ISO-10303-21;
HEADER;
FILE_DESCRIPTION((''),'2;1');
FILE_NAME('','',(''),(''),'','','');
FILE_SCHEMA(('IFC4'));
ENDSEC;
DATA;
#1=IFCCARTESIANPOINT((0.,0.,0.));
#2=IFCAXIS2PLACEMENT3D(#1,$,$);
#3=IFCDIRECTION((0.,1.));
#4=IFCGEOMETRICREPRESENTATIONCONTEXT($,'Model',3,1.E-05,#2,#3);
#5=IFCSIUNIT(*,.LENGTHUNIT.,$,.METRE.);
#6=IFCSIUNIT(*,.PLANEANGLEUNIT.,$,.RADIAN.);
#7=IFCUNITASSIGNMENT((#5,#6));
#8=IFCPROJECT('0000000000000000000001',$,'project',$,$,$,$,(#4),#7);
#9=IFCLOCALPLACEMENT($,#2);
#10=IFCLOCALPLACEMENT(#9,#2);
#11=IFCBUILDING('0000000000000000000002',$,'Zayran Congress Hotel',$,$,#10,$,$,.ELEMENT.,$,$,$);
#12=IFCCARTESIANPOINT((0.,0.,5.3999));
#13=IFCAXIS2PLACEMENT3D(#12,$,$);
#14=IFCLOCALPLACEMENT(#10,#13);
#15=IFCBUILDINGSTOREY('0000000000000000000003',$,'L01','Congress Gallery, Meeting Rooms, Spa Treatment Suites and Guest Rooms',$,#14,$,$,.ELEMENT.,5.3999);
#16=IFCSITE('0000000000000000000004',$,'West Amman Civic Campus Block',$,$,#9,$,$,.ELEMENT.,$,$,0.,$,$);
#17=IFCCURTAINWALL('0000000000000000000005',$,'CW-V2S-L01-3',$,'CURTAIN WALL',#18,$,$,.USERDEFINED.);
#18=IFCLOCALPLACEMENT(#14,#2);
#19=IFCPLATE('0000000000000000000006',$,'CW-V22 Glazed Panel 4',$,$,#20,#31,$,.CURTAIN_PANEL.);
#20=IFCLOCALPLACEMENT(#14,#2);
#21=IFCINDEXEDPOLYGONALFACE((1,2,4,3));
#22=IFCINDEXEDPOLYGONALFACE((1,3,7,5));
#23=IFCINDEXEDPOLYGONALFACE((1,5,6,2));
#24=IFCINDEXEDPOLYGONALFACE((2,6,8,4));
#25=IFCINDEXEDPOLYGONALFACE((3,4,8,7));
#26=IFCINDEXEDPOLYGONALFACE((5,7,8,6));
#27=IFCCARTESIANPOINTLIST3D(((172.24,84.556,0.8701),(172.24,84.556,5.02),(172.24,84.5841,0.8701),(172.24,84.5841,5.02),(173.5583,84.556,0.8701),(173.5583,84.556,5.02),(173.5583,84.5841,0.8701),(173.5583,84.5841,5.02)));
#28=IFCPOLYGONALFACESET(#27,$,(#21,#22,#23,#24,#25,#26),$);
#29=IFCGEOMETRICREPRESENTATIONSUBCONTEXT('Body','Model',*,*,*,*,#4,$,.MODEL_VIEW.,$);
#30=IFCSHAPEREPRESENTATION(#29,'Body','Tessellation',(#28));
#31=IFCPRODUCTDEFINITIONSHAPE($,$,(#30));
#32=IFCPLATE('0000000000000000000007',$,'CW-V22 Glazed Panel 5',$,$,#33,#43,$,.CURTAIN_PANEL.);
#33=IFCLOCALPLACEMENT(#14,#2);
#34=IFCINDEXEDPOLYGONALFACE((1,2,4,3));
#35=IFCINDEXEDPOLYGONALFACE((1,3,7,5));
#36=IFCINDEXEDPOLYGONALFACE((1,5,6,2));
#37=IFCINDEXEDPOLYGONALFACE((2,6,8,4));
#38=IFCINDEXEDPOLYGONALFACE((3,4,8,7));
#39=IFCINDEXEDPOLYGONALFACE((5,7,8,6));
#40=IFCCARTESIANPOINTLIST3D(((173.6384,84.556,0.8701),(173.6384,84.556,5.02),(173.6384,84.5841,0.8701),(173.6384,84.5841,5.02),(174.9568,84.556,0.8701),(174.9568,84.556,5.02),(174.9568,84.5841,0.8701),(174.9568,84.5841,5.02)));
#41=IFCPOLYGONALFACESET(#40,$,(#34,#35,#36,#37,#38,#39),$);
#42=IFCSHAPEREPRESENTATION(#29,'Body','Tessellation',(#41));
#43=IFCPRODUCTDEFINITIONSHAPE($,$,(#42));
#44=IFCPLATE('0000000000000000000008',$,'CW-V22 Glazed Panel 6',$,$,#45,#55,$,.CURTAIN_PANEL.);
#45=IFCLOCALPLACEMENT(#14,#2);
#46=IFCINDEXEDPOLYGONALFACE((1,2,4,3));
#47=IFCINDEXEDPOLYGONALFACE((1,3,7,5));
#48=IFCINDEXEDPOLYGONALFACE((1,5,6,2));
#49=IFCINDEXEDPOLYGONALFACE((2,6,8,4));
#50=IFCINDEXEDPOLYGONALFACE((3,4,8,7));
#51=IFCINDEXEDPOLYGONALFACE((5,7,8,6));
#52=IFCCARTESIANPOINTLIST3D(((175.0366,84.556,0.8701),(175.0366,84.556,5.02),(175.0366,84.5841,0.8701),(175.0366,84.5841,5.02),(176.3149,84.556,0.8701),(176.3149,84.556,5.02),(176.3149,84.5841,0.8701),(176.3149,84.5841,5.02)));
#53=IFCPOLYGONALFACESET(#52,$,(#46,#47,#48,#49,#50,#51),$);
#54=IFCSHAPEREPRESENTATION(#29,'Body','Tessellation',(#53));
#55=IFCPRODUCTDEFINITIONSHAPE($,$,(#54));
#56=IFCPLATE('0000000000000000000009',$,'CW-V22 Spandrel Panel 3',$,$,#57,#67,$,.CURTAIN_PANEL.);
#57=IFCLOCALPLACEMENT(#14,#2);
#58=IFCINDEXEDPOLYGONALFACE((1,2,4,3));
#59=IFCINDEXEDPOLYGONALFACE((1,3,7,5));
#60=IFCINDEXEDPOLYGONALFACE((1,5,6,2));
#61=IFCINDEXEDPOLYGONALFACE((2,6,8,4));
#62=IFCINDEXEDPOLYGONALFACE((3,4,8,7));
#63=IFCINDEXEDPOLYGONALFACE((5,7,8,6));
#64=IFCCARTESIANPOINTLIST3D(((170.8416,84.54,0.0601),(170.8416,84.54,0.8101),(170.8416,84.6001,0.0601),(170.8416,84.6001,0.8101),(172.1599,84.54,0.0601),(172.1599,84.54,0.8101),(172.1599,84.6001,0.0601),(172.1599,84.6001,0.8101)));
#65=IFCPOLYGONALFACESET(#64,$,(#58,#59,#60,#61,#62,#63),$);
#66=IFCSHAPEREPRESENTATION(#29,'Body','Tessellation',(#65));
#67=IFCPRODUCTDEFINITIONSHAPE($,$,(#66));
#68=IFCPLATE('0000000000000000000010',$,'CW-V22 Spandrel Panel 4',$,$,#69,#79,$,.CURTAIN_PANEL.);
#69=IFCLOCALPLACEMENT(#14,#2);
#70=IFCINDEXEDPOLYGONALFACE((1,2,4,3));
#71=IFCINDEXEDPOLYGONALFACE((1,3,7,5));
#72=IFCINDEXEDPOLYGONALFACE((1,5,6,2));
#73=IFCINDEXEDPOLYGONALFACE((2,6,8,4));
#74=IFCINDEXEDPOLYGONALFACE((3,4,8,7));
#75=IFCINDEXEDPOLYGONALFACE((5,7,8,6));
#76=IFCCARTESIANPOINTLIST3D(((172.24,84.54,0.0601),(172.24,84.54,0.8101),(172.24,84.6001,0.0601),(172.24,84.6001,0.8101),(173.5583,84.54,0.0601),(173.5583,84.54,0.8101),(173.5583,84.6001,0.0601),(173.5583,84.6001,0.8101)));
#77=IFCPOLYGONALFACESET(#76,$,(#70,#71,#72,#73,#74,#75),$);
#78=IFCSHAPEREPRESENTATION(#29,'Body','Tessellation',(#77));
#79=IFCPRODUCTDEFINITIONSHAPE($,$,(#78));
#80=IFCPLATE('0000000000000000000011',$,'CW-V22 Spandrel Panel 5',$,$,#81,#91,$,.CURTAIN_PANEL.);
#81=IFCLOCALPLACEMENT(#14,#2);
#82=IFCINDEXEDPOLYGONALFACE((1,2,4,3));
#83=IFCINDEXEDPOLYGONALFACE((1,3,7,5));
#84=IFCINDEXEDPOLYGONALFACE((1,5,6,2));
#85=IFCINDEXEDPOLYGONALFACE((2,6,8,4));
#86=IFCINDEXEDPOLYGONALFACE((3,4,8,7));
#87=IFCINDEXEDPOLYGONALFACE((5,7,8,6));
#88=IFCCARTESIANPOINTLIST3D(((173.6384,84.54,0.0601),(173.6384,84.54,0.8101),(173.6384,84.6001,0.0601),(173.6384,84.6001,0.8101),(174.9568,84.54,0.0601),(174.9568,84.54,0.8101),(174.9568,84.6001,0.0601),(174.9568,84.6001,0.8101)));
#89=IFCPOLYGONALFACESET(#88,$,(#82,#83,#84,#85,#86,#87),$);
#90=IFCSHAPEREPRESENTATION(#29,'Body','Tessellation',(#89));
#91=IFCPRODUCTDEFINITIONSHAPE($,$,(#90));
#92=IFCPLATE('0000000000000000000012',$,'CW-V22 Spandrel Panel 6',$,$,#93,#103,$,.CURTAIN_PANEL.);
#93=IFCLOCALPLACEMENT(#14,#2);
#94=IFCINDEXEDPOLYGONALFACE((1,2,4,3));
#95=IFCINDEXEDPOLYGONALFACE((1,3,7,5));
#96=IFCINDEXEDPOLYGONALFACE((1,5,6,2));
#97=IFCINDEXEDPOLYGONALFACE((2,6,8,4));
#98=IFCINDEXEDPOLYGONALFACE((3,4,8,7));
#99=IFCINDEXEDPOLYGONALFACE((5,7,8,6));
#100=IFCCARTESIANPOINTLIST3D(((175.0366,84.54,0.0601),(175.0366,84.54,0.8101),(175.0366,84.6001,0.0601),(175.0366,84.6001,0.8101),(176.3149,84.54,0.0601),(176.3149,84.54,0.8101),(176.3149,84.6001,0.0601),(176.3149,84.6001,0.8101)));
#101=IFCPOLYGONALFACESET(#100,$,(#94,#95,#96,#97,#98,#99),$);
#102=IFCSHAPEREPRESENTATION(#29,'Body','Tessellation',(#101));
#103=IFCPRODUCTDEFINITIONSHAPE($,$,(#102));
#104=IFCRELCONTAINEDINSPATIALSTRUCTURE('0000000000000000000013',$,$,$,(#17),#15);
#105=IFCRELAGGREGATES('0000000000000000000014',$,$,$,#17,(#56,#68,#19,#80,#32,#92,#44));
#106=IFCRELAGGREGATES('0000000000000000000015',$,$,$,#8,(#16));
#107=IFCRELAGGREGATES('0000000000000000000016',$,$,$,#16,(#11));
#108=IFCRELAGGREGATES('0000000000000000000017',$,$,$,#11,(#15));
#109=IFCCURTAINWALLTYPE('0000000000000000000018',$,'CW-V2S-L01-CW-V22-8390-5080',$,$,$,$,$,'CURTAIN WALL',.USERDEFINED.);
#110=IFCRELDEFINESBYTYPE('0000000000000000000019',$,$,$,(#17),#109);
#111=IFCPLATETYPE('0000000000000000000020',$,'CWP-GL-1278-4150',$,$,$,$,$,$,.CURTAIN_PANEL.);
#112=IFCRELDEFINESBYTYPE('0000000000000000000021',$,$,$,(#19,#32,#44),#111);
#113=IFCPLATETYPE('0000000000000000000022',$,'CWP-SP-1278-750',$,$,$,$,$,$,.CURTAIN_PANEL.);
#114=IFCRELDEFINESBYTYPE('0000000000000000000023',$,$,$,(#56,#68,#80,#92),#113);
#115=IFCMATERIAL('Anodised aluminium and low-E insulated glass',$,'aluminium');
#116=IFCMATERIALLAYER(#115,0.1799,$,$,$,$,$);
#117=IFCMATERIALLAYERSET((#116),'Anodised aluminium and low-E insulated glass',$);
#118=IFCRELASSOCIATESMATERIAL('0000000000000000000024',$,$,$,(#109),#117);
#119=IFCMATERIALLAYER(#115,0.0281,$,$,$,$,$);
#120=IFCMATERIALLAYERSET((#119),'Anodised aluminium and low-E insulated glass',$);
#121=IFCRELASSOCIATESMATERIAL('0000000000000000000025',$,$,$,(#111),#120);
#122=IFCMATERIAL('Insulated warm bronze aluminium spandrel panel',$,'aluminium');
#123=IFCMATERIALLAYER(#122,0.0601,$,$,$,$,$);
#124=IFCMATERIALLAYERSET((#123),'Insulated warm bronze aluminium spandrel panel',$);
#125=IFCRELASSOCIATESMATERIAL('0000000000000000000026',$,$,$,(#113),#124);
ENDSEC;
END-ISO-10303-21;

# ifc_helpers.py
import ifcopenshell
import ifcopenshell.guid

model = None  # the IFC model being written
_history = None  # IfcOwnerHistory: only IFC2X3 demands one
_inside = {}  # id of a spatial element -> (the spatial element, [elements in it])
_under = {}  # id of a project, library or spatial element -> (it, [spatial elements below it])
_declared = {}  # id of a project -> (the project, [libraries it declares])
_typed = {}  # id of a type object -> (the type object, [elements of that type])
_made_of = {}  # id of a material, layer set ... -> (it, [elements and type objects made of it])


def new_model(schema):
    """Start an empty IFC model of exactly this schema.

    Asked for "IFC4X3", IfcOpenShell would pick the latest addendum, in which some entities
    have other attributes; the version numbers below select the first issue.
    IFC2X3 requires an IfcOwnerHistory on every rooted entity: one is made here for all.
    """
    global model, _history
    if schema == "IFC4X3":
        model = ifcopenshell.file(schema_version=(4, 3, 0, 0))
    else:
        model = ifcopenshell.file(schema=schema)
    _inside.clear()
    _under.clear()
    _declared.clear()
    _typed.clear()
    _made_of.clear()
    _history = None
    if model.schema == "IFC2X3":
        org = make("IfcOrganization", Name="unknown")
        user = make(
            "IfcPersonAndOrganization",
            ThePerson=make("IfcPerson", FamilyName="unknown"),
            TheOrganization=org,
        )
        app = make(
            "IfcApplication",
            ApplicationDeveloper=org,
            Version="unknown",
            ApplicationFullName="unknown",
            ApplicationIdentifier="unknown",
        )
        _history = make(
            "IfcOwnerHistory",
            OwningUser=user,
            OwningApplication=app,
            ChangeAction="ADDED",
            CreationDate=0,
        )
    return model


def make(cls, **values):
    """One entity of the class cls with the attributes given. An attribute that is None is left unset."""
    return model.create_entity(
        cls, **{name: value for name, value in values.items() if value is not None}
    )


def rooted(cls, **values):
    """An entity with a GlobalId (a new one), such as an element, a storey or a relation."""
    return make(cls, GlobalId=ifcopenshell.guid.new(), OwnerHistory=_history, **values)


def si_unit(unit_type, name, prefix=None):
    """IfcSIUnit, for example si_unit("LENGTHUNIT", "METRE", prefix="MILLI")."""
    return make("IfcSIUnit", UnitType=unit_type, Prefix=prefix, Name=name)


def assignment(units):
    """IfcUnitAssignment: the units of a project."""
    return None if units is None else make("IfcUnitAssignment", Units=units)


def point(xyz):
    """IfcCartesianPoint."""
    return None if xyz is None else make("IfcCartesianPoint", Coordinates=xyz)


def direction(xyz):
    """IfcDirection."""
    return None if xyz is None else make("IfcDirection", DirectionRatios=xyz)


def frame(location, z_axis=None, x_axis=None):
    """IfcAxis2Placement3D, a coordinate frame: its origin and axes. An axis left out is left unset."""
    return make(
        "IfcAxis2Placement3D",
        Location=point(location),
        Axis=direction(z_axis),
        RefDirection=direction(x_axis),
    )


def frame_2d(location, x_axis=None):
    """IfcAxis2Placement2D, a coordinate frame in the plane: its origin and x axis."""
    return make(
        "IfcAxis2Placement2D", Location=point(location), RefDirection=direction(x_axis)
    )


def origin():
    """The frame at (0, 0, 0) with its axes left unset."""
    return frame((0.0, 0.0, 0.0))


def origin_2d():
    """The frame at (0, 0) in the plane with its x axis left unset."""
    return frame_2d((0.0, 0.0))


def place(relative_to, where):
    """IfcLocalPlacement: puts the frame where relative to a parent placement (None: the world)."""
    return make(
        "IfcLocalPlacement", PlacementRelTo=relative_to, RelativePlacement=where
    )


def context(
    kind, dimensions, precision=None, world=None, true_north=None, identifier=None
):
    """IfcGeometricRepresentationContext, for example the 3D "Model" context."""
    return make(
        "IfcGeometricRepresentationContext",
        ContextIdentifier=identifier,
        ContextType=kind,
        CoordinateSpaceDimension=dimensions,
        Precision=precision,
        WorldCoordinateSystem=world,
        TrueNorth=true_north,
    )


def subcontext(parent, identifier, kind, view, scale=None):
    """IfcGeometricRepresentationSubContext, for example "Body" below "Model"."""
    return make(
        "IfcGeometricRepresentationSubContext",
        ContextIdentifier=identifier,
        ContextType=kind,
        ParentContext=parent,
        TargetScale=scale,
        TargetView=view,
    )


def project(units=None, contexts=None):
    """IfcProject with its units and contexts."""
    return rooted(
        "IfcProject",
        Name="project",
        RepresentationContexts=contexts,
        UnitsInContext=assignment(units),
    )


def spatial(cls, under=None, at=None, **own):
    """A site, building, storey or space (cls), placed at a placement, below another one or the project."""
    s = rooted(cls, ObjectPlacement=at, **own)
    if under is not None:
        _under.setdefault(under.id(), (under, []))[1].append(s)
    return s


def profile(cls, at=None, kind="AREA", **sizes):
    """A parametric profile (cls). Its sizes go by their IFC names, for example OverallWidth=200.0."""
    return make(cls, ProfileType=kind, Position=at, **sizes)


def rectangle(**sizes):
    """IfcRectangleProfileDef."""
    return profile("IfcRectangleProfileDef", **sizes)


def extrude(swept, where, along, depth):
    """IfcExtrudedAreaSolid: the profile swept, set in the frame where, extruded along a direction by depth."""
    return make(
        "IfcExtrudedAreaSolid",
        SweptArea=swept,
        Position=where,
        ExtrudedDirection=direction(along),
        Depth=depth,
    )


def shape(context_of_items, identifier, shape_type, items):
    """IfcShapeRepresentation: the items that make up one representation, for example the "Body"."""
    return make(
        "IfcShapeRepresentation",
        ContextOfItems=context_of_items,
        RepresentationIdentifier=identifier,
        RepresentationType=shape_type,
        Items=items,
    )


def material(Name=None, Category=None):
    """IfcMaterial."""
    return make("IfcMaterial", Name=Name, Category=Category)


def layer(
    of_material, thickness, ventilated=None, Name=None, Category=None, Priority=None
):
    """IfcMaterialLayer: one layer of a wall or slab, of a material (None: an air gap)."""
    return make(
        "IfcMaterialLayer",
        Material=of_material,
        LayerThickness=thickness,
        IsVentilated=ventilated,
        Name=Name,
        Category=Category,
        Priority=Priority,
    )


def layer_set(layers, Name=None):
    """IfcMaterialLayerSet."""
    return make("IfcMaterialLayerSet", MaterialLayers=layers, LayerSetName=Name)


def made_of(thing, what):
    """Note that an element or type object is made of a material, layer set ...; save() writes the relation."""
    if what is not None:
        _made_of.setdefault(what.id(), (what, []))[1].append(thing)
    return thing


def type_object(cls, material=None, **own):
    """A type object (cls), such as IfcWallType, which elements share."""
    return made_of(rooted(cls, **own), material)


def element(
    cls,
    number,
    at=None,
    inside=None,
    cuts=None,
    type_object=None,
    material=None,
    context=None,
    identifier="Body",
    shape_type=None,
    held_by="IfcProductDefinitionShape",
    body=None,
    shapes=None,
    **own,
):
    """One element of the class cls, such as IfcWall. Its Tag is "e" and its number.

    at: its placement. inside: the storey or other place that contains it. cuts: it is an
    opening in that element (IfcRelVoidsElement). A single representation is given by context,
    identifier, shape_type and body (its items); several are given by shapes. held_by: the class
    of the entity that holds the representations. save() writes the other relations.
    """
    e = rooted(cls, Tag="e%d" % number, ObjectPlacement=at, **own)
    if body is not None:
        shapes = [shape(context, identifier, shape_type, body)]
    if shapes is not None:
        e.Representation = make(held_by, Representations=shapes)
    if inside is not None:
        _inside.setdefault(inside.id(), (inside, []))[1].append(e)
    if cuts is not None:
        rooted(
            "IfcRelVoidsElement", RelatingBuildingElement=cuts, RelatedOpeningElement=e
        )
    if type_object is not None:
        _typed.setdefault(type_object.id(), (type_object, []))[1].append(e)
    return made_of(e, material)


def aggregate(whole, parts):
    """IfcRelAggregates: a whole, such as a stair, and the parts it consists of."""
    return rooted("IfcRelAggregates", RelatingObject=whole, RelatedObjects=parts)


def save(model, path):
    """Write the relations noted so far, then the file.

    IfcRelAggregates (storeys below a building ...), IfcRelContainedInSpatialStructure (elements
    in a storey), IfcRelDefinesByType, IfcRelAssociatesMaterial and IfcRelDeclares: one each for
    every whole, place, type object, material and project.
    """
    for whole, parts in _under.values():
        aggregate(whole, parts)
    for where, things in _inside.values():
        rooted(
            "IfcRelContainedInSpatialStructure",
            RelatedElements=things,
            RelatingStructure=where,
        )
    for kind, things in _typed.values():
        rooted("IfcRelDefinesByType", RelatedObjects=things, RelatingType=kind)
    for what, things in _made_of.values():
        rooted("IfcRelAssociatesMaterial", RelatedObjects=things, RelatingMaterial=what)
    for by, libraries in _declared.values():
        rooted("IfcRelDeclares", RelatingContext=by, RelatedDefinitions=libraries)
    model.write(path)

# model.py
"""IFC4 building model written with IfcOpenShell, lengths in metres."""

from ifc_helpers import new_model, si_unit, direction, frame, origin, origin_2d, place, context, subcontext, project, spatial, rectangle, extrude, material, layer, layer_set, type_object, element, aggregate, save


model = new_model("IFC4")

# Units and contexts
model_context = context("Model", 3, precision=1e-05, world=origin(), true_north=direction((0.0, 1.0)))
body_context = subcontext(model_context, "Body", "Model", "MODEL_VIEW")
ifc_project = project(units=[si_unit("LENGTHUNIT", "METRE"), si_unit("PLANEANGLEUNIT", "RADIAN")], contexts=[model_context])

# Site, building, storey
site_placement = place(None, origin())
site = spatial("IfcSite", under=ifc_project, at=site_placement, Name="West Amman Civic Campus Block", CompositionType="ELEMENT", RefElevation=0.0)
building_placement = place(site_placement, origin())
building = spatial("IfcBuilding", under=site, at=building_placement, Name="Zayran Congress Hotel", CompositionType="ELEMENT")
storey_placement = place(building_placement, frame((0.0, 0.0, 5.3999)))
storey = spatial("IfcBuildingStorey", under=building, at=storey_placement, Name="L01", Description="Congress Gallery, Meeting Rooms, Spa Treatment Suites and Guest Rooms", CompositionType="ELEMENT", Elevation=5.3999)

# Curtain wall
ifc_material_1 = material(Name="Anodised aluminium and low-E insulated glass", Category="aluminium")
ifc_layer_1 = layer(ifc_material_1, 0.1799)
ifc_layer_set_1 = layer_set([ifc_layer_1], Name="Anodised aluminium and low-E insulated glass")
curtain_wall_type_1 = type_object("IfcCurtainWallType", Name="CW-V2S-L01-CW-V22-8390-5080", ElementType="CURTAIN WALL", PredefinedType="USERDEFINED", material=ifc_layer_set_1)
curtain_wall_1_placement = place(storey_placement, origin())
curtain_wall_1 = element("IfcCurtainWall", 1, at=curtain_wall_1_placement, inside=storey, type_object=curtain_wall_type_1, Name="CW-V2S-L01-3", ObjectType="CURTAIN WALL", PredefinedType="USERDEFINED")

# Plates
ifc_material_2 = material(Name="Insulated warm bronze aluminium spandrel panel", Category="aluminium")
ifc_layer_2 = layer(ifc_material_1, 0.0281)
ifc_layer_set_2 = layer_set([ifc_layer_2], Name="Anodised aluminium and low-E insulated glass")
plate_type_1 = type_object("IfcPlateType", Name="CWP-GL-1278-4150", PredefinedType="CURTAIN_PANEL", material=ifc_layer_set_2)
plate_1_placement = place(storey_placement, frame((172.8992, 84.5701, 0.8701), z_axis=(0.0, 0.0, 1.0), x_axis=(1.0, 0.0, 0.0)))
plate_1 = element("IfcPlate", 2, at=plate_1_placement, type_object=plate_type_1, Name="CW-V22 Glazed Panel 4", PredefinedType="CURTAIN_PANEL", context=body_context, shape_type="SweptSolid", body=[
    extrude(rectangle(XDim=1.3184, YDim=0.0281, at=origin_2d()), origin(), (0.0, 0.0, 1.0), 4.1499),
])
plate_2_placement = place(storey_placement, frame((174.2976, 84.5701, 0.8701), z_axis=(0.0, 0.0, 1.0), x_axis=(1.0, 0.0, 0.0)))
plate_2 = element("IfcPlate", 3, at=plate_2_placement, type_object=plate_type_1, Name="CW-V22 Glazed Panel 5", PredefinedType="CURTAIN_PANEL", context=body_context, shape_type="SweptSolid", body=[
    extrude(rectangle(XDim=1.3184, YDim=0.0281, at=origin_2d()), origin(), (0.0, 0.0, 1.0), 4.1499),
])
plate_3_placement = place(storey_placement, frame((175.6758, 84.5701, 0.8701), z_axis=(0.0, 0.0, 1.0), x_axis=(1.0, 0.0, 0.0)))
plate_3 = element("IfcPlate", 4, at=plate_3_placement, type_object=plate_type_1, Name="CW-V22 Glazed Panel 6", PredefinedType="CURTAIN_PANEL", context=body_context, shape_type="SweptSolid", body=[
    extrude(rectangle(XDim=1.2783, YDim=0.0281, at=origin_2d()), origin(), (0.0, 0.0, 1.0), 4.1499),
])
ifc_layer_3 = layer(ifc_material_2, 0.0601)
ifc_layer_set_3 = layer_set([ifc_layer_3], Name="Insulated warm bronze aluminium spandrel panel")
plate_type_2 = type_object("IfcPlateType", Name="CWP-SP-1278-750", PredefinedType="CURTAIN_PANEL", material=ifc_layer_set_3)
plate_4_placement = place(storey_placement, frame((171.5007, 84.5701, 0.0601), z_axis=(0.0, 0.0, 1.0), x_axis=(1.0, 0.0, 0.0)))
plate_4 = element("IfcPlate", 5, at=plate_4_placement, type_object=plate_type_2, Name="CW-V22 Spandrel Panel 3", PredefinedType="CURTAIN_PANEL", context=body_context, shape_type="SweptSolid", body=[
    extrude(rectangle(XDim=1.3184, YDim=0.0601, at=origin_2d()), origin(), (0.0, 0.0, 1.0), 0.75),
])
plate_5_placement = place(storey_placement, frame((172.8992, 84.5701, 0.0601), z_axis=(0.0, 0.0, 1.0), x_axis=(1.0, 0.0, 0.0)))
plate_5 = element("IfcPlate", 6, at=plate_5_placement, type_object=plate_type_2, Name="CW-V22 Spandrel Panel 4", PredefinedType="CURTAIN_PANEL", context=body_context, shape_type="SweptSolid", body=[
    extrude(rectangle(XDim=1.3184, YDim=0.0601, at=origin_2d()), origin(), (0.0, 0.0, 1.0), 0.75),
])
plate_6_placement = place(storey_placement, frame((174.2976, 84.5701, 0.0601), z_axis=(0.0, 0.0, 1.0), x_axis=(1.0, 0.0, 0.0)))
plate_6 = element("IfcPlate", 7, at=plate_6_placement, type_object=plate_type_2, Name="CW-V22 Spandrel Panel 5", PredefinedType="CURTAIN_PANEL", context=body_context, shape_type="SweptSolid", body=[
    extrude(rectangle(XDim=1.3184, YDim=0.0601, at=origin_2d()), origin(), (0.0, 0.0, 1.0), 0.75),
])
plate_7_placement = place(storey_placement, frame((175.6758, 84.5701, 0.0601), z_axis=(0.0, 0.0, 1.0), x_axis=(1.0, 0.0, 0.0)))
plate_7 = element("IfcPlate", 8, at=plate_7_placement, type_object=plate_type_2, Name="CW-V22 Spandrel Panel 6", PredefinedType="CURTAIN_PANEL", context=body_context, shape_type="SweptSolid", body=[
    extrude(rectangle(XDim=1.2783, YDim=0.0601, at=origin_2d()), origin(), (0.0, 0.0, 1.0), 0.75),
])
aggregate(curtain_wall_1, [plate_4, plate_5, plate_1, plate_6, plate_2, plate_7, plate_3])

save(model, "model.ifc")
